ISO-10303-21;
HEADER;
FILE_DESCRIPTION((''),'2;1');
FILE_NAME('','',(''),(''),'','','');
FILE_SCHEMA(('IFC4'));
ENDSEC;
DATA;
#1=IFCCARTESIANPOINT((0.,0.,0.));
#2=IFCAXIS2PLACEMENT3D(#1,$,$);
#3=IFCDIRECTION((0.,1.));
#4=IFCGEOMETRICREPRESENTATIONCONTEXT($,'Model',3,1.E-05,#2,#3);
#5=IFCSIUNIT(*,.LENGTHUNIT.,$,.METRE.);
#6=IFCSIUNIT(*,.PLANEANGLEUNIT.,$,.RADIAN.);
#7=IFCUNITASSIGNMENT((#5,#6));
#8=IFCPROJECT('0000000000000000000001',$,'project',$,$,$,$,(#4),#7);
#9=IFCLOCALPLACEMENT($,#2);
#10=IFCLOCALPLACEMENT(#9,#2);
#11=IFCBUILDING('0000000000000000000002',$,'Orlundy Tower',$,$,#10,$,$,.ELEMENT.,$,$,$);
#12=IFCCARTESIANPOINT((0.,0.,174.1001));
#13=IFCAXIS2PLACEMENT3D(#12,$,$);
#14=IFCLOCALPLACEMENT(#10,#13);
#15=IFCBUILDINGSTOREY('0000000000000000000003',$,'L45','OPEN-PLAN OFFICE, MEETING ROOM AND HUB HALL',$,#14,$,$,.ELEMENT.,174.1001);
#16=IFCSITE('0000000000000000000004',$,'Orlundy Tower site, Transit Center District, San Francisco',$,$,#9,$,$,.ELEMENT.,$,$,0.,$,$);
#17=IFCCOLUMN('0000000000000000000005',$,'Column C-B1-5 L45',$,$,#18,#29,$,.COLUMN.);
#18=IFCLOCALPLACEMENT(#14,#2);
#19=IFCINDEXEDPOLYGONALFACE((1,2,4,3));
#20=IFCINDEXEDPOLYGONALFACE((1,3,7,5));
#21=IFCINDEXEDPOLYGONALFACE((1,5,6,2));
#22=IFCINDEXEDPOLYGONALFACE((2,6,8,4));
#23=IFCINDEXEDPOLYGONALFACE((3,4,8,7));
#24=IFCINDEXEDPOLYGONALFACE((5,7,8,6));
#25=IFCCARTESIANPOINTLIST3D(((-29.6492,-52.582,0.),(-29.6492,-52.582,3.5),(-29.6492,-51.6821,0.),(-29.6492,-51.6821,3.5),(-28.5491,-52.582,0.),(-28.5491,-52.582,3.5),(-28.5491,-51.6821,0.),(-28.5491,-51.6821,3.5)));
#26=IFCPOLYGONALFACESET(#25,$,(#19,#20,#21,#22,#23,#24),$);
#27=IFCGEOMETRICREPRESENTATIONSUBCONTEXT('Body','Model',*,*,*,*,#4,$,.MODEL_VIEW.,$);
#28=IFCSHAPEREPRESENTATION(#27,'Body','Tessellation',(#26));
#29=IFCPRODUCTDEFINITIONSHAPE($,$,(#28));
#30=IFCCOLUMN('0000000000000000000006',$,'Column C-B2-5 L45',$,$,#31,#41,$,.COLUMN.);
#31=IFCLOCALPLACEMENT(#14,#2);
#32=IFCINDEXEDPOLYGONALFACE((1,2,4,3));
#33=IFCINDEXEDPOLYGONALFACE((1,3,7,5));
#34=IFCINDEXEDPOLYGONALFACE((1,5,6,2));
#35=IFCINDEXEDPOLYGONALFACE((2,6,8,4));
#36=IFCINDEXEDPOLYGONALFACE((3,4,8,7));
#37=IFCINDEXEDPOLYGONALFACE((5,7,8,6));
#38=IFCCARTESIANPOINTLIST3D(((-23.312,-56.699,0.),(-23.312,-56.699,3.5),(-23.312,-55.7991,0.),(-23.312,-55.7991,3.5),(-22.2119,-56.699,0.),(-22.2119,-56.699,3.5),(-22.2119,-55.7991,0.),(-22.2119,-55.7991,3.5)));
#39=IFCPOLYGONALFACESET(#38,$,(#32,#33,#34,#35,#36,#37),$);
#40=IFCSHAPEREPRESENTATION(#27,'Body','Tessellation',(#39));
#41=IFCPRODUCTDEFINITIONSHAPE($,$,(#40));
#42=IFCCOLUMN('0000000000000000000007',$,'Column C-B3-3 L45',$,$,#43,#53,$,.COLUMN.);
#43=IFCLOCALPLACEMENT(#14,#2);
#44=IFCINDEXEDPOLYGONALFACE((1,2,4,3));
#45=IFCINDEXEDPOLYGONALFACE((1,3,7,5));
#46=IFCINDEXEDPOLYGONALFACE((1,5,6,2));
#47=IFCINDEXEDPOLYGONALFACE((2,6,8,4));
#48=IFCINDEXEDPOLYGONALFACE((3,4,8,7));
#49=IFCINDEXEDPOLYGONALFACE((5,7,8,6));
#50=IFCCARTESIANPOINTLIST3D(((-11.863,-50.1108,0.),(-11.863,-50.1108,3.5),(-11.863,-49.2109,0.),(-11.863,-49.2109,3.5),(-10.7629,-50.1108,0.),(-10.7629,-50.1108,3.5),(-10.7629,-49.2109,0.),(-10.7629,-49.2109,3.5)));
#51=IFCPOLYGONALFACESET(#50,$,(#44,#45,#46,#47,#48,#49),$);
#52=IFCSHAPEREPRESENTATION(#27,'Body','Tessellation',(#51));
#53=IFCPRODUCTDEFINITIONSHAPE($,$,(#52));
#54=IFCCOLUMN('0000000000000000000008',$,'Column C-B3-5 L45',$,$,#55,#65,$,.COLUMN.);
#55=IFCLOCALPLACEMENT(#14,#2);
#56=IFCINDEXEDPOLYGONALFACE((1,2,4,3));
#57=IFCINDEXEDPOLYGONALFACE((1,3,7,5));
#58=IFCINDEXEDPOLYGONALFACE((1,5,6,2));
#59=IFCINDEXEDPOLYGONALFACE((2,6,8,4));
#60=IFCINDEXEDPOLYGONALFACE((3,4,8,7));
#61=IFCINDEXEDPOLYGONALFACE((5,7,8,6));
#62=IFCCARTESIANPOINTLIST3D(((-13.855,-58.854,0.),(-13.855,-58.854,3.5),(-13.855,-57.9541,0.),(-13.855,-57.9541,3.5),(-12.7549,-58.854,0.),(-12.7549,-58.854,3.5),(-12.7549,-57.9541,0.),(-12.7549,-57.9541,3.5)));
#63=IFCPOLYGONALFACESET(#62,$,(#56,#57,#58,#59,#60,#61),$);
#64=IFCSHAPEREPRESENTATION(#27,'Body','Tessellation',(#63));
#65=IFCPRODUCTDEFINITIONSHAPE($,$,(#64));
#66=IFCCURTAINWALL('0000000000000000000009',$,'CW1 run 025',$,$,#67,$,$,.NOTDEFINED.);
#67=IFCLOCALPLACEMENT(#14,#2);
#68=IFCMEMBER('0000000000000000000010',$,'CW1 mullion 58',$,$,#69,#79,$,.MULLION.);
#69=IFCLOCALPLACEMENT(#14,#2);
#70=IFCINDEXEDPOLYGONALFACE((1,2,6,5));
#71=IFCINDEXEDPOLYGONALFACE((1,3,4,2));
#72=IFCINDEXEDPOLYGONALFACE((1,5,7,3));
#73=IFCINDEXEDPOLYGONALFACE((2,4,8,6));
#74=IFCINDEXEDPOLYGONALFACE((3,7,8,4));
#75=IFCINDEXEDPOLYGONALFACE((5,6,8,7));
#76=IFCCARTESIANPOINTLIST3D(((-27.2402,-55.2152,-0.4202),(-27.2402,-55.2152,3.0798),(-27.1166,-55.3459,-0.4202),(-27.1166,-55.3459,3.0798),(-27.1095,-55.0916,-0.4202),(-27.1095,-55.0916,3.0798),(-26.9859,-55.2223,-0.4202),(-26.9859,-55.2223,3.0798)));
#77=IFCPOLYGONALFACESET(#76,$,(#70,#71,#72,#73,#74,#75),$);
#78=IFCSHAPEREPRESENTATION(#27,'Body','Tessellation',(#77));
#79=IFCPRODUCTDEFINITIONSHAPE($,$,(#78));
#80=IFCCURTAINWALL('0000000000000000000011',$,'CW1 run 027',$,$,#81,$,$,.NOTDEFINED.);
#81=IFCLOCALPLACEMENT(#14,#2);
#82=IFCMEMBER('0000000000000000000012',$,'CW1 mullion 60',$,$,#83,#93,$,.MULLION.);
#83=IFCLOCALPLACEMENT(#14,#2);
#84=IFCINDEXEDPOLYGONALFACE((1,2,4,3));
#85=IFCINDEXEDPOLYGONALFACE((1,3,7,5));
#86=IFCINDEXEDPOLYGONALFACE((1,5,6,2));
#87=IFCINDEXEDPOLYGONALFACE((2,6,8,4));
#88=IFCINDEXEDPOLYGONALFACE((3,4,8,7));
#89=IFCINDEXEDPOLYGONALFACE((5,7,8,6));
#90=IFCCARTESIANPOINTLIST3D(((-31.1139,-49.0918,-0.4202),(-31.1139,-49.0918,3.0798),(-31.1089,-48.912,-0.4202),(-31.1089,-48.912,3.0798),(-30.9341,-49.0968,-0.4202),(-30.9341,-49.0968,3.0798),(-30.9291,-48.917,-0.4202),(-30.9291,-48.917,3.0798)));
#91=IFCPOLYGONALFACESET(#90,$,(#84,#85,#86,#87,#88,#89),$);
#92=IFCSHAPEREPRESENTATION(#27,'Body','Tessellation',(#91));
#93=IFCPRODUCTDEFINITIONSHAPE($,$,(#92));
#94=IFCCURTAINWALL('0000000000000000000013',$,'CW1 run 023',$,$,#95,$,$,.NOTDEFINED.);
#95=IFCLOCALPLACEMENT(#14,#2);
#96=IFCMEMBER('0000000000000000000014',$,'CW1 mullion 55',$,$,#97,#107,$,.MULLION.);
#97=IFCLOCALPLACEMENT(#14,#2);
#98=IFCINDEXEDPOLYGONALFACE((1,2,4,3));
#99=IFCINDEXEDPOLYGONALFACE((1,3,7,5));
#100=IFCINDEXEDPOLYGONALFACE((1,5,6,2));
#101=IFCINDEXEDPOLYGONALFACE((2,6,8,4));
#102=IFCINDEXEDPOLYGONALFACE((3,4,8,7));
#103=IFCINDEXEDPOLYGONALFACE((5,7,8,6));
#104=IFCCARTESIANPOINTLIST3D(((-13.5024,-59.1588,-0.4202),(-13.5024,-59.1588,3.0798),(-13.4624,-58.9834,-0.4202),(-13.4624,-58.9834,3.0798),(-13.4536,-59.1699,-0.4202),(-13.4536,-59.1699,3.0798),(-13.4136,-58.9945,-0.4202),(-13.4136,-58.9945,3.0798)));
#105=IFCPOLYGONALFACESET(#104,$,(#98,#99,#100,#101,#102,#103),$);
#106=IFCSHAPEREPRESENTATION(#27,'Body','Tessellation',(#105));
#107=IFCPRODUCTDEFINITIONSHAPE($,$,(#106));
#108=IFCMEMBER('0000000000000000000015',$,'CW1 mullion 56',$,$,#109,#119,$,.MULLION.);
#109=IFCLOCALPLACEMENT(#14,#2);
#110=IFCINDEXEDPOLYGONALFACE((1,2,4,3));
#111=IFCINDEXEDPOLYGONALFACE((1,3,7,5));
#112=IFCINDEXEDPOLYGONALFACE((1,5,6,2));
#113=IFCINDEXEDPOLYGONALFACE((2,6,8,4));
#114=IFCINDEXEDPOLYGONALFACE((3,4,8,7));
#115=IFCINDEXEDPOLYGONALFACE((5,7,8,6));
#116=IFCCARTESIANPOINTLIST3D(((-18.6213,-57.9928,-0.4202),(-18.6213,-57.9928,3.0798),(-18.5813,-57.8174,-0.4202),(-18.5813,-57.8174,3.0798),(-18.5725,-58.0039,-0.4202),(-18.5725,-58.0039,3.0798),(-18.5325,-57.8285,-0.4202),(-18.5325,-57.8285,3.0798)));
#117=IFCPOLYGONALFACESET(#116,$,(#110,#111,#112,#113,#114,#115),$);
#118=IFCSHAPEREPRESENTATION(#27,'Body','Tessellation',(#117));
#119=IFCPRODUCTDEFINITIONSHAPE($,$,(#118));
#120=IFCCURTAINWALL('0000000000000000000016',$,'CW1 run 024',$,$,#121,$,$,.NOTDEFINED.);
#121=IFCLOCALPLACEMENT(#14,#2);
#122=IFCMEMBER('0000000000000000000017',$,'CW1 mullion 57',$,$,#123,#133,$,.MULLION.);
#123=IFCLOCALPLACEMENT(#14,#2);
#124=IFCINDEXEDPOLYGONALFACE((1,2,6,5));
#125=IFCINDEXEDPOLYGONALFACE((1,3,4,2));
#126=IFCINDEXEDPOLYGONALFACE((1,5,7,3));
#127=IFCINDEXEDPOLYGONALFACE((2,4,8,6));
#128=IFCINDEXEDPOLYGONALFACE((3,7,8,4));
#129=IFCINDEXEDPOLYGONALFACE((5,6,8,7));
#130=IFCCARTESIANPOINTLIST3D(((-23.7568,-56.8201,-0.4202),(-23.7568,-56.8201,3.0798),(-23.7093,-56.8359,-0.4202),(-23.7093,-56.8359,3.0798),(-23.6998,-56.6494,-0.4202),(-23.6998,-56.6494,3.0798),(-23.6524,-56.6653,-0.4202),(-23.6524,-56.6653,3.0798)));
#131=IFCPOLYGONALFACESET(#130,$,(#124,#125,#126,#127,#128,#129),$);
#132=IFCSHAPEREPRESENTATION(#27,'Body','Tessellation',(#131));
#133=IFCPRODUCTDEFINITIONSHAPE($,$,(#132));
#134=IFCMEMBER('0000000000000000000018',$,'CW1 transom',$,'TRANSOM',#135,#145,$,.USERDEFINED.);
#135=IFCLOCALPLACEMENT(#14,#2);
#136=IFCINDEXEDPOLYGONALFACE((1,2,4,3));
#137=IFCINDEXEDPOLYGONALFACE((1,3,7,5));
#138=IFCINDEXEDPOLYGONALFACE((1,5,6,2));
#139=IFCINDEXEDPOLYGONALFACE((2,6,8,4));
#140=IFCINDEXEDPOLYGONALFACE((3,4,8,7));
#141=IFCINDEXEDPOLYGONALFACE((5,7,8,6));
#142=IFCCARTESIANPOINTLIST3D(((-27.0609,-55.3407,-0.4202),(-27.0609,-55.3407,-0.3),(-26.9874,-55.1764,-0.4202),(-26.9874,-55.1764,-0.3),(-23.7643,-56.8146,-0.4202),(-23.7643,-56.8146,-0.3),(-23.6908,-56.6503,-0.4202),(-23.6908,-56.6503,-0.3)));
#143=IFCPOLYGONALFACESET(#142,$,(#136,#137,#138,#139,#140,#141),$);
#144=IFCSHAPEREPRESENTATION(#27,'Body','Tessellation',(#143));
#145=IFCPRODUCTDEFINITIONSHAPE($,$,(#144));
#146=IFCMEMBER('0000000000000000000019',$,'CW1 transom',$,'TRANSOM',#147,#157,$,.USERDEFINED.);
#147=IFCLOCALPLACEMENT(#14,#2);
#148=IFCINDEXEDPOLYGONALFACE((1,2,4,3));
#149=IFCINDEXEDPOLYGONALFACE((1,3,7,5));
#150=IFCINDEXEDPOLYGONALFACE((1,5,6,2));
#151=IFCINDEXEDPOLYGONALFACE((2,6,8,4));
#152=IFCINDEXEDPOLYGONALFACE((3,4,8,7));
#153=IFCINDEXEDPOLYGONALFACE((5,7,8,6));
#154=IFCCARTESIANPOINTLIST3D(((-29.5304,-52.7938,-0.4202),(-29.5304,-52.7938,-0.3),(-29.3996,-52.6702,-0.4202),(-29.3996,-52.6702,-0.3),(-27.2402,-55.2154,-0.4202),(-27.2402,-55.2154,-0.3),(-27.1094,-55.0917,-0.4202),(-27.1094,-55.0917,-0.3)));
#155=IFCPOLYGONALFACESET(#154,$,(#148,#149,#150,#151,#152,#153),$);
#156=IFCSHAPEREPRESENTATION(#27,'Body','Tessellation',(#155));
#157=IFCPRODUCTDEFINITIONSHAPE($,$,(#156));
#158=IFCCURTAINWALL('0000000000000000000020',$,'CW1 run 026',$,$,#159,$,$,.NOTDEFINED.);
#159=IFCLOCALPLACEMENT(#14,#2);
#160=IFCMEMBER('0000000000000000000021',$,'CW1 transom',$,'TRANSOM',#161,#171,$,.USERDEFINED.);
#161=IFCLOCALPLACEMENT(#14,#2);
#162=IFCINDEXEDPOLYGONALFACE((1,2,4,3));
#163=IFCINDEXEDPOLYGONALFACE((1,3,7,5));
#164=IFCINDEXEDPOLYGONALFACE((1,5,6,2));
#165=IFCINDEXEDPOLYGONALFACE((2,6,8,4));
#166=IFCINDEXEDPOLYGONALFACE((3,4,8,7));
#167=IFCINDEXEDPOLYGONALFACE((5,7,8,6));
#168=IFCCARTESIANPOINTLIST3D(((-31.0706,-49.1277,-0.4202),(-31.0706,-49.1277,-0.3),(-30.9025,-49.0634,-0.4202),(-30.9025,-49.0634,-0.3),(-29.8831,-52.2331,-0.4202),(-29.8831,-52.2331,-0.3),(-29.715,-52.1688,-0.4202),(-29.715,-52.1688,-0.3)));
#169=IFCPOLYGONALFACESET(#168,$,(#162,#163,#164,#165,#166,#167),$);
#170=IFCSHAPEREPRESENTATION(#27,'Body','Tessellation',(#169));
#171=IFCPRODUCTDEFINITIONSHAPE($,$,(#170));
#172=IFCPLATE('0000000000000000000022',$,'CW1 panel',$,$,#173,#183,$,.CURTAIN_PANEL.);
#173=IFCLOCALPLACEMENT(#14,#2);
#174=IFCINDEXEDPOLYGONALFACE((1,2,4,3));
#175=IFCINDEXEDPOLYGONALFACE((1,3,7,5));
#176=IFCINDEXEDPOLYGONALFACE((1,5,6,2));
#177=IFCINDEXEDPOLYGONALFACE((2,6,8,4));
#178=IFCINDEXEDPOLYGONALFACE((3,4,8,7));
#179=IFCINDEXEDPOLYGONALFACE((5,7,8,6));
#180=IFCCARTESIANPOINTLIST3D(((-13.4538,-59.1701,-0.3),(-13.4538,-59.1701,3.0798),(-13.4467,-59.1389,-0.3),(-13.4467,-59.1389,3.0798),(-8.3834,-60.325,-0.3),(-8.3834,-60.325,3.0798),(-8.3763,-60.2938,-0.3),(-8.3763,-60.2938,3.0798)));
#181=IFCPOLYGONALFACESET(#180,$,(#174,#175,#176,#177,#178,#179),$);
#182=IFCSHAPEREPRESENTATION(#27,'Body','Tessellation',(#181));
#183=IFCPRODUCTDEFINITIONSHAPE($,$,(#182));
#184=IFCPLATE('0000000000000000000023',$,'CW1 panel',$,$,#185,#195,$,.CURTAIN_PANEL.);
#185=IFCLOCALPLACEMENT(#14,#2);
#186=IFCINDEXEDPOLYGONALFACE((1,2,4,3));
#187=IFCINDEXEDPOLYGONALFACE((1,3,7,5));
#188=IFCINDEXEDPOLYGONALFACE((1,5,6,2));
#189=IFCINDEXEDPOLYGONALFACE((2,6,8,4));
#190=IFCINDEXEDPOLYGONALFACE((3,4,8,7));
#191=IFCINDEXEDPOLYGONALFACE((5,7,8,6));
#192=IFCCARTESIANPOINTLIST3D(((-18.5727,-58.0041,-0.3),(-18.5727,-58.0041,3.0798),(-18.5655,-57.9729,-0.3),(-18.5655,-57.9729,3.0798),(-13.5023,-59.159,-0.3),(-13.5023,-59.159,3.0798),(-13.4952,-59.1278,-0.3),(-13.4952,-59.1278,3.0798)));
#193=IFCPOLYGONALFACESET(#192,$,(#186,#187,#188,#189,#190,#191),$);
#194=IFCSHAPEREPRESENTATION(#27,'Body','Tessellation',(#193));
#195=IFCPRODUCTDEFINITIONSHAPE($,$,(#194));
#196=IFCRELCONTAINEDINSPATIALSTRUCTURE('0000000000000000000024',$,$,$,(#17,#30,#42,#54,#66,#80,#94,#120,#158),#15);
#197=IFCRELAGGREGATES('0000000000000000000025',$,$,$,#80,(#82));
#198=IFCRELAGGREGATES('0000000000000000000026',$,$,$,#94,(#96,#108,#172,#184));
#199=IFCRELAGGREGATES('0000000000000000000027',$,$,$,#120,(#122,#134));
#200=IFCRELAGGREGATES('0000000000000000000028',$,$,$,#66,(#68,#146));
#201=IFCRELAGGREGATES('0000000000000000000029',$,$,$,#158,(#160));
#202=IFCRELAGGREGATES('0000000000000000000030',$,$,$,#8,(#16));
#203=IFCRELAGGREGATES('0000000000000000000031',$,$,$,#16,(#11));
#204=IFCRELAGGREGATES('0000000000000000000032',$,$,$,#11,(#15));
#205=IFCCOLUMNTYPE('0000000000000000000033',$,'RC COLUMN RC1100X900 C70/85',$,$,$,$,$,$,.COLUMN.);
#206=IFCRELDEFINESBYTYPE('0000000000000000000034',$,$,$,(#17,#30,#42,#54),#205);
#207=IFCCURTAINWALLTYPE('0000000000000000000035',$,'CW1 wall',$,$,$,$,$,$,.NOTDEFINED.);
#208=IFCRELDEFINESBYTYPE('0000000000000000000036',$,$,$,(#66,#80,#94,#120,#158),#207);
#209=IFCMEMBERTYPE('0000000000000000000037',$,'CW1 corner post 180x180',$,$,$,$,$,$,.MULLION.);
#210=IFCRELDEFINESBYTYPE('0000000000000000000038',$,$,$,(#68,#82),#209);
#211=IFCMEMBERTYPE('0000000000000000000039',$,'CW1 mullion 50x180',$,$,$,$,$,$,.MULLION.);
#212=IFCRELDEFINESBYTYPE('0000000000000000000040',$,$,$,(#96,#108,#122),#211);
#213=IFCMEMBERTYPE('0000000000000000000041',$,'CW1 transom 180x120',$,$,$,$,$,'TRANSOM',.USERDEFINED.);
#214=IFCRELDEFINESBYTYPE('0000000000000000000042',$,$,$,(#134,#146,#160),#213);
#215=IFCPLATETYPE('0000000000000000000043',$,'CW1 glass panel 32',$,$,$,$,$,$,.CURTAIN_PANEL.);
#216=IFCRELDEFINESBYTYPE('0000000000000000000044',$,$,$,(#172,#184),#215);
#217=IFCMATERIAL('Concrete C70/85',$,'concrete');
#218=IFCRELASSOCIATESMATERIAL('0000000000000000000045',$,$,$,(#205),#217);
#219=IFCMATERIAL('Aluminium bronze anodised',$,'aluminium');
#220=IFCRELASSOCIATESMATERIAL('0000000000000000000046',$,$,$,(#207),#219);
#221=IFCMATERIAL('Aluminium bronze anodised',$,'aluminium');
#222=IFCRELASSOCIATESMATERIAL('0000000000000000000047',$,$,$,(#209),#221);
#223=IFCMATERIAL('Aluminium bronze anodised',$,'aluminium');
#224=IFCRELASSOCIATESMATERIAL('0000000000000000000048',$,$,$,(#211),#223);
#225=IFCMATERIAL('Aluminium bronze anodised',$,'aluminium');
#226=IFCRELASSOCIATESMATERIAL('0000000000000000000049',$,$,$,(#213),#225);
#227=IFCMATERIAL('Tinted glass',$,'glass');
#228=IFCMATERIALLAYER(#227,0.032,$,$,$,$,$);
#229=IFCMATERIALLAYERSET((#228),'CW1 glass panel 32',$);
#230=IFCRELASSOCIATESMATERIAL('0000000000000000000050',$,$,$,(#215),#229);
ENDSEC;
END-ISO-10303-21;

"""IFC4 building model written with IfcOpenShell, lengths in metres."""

from ifc_helpers import new_model, si_unit, direction, frame, origin, origin_2d, place, context, subcontext, project, spatial, rectangle, extrude, material, layer, layer_set, material_profile, profile_set, type_object, element, aggregate, save


model = new_model("IFC4")

# Units and contexts
model_context = context("Model", 3, precision=1e-05, world=origin(), true_north=direction((0.0, 1.0)))
body_context = subcontext(model_context, "Body", "Model", "MODEL_VIEW")
ifc_project = project(units=[si_unit("LENGTHUNIT", "METRE"), si_unit("PLANEANGLEUNIT", "RADIAN")], contexts=[model_context])

# Site, building, storey
site_placement = place(None, origin())
site = spatial("IfcSite", under=ifc_project, at=site_placement, Name="Orlundy Tower site, Transit Center District, San Francisco", CompositionType="ELEMENT", RefElevation=0.0)
building_placement = place(site_placement, origin())
building = spatial("IfcBuilding", under=site, at=building_placement, Name="Orlundy Tower", CompositionType="ELEMENT")
storey_placement = place(building_placement, frame((0.0, 0.0, 174.1001)))
storey = spatial("IfcBuildingStorey", under=building, at=storey_placement, Name="L45", Description="OPEN-PLAN OFFICE, MEETING ROOM AND HUB HALL", CompositionType="ELEMENT", Elevation=174.1001)

# Columns
ifc_material_1 = material(Name="Concrete C70/85", Category="concrete")
ifc_material_profile_1 = material_profile(ifc_material_1, rectangle(XDim=1.1001, YDim=0.8999, at=origin_2d()), Name="RC1100X900")
ifc_profile_set_1 = profile_set([ifc_material_profile_1], Name="Concrete C70/85")
column_type = type_object("IfcColumnType", Name="RC COLUMN RC1100X900 C70/85", PredefinedType="COLUMN", material=ifc_profile_set_1)
for number, where, z_axis, x_axis, name in (
    (1, (-29.0991, -52.1321, 0.0), (0.0, 0.0, 1.0), (1.0, 0.0, 0.0), "Column C-B1-5 L45"),
    (2, (-22.762, -56.249, 0.0), (0.0, 0.0, 1.0), (1.0, 0.0, 0.0), "Column C-B2-5 L45"),
    (3, (-11.313, -49.6609, 0.0), (0.0, 0.0, 1.0), (1.0, 0.0, 0.0), "Column C-B3-3 L45"),
    (4, (-13.3049, -58.4041, 0.0), (0.0, 0.0, 1.0), (1.0, 0.0, 0.0), "Column C-B3-5 L45"),
):
    element("IfcColumn", number, at=place(storey_placement, frame(where, z_axis=z_axis, x_axis=x_axis)), inside=storey, type_object=column_type, Name=name, PredefinedType="COLUMN", context=body_context, shape_type="SweptSolid", body=[
        extrude(rectangle(XDim=1.1001, YDim=0.8999, at=origin_2d()), origin(), (0.0, 0.0, 1.0), 3.5),
    ])

# Curtain walls, members
ifc_material_2 = material(Name="Aluminium bronze anodised", Category="aluminium")
curtain_wall_type = type_object("IfcCurtainWallType", Name="CW1 wall", PredefinedType="NOTDEFINED", material=ifc_material_2)
curtain_wall_1_placement = place(storey_placement, origin())
curtain_wall_1 = element("IfcCurtainWall", 5, at=curtain_wall_1_placement, inside=storey, type_object=curtain_wall_type, Name="CW1 run 025", PredefinedType="NOTDEFINED")
ifc_material_3 = material(Name="Aluminium bronze anodised", Category="aluminium")
ifc_material_profile_2 = material_profile(ifc_material_3, rectangle(XDim=0.1799, YDim=0.1799, at=origin_2d()), Name="CW1 corner post 180x180")
ifc_profile_set_2 = profile_set([ifc_material_profile_2], Name="Aluminium bronze anodised")
member_type_1 = type_object("IfcMemberType", Name="CW1 corner post 180x180", PredefinedType="MULLION", material=ifc_profile_set_2)
member_1_placement = place(storey_placement, frame((-27.113, -55.2188, -0.4202), z_axis=(0.0, 0.0, 1.0), x_axis=(-0.726527, -0.687138, 0.0)))
member_1 = element("IfcMember", 6, at=member_1_placement, type_object=member_type_1, Name="CW1 mullion 58", PredefinedType="MULLION", context=body_context, shape_type="SweptSolid", body=[
    extrude(rectangle(XDim=0.1799, YDim=0.1799, at=origin_2d()), origin(), (0.0, 0.0, 1.0), 3.5),
])
curtain_wall_2_placement = place(storey_placement, origin())
curtain_wall_2 = element("IfcCurtainWall", 7, at=curtain_wall_2_placement, inside=storey, type_object=curtain_wall_type, Name="CW1 run 027", PredefinedType="NOTDEFINED")
member_2_placement = place(storey_placement, frame((-31.0215, -49.0044, -0.4202), z_axis=(0.0, 0.0, 1.0), x_axis=(-0.999614, 0.02779, 0.0)))
member_2 = element("IfcMember", 8, at=member_2_placement, type_object=member_type_1, Name="CW1 mullion 60", PredefinedType="MULLION", context=body_context, shape_type="SweptSolid", body=[
    extrude(rectangle(XDim=0.1799, YDim=0.1799, at=origin_2d()), origin(), (0.0, 0.0, 1.0), 3.5),
])
aggregate(curtain_wall_2, [member_2])

# Curtain walls, members
curtain_wall_3_placement = place(storey_placement, origin())
curtain_wall_3 = element("IfcCurtainWall", 9, at=curtain_wall_3_placement, inside=storey, type_object=curtain_wall_type, Name="CW1 run 023", PredefinedType="NOTDEFINED")
ifc_material_4 = material(Name="Aluminium bronze anodised", Category="aluminium")
ifc_material_profile_3 = material_profile(ifc_material_4, rectangle(XDim=0.1799, YDim=0.05, at=origin_2d()), Name="CW1 mullion 50x180")
ifc_profile_set_3 = profile_set([ifc_material_profile_3], Name="Aluminium bronze anodised")
member_type_2 = type_object("IfcMemberType", Name="CW1 mullion 50x180", PredefinedType="MULLION", material=ifc_profile_set_3)
member_3_placement = place(storey_placement, frame((-13.458, -59.0767, -0.4202), z_axis=(0.0, 0.0, 1.0), x_axis=(-0.22209, -0.975026, 0.0)))
member_3 = element("IfcMember", 10, at=member_3_placement, type_object=member_type_2, Name="CW1 mullion 55", PredefinedType="MULLION", context=body_context, shape_type="SweptSolid", body=[
    extrude(rectangle(XDim=0.1799, YDim=0.05, at=origin_2d()), origin(), (0.0, 0.0, 1.0), 3.5),
])
member_4_placement = place(storey_placement, frame((-18.5769, -57.9106, -0.4202), z_axis=(0.0, 0.0, 1.0), x_axis=(-0.22209, -0.975026, 0.0)))
member_4 = element("IfcMember", 11, at=member_4_placement, type_object=member_type_2, Name="CW1 mullion 56", PredefinedType="MULLION", context=body_context, shape_type="SweptSolid", body=[
    extrude(rectangle(XDim=0.1799, YDim=0.05, at=origin_2d()), origin(), (0.0, 0.0, 1.0), 3.5),
])
curtain_wall_4_placement = place(storey_placement, origin())
curtain_wall_4 = element("IfcCurtainWall", 12, at=curtain_wall_4_placement, inside=storey, type_object=curtain_wall_type, Name="CW1 run 024", PredefinedType="NOTDEFINED")
member_5_placement = place(storey_placement, frame((-23.7046, -56.7427, -0.4202), z_axis=(0.0, 0.0, 1.0), x_axis=(-0.316655, -0.948541, 0.0)))
member_5 = element("IfcMember", 13, at=member_5_placement, type_object=member_type_2, Name="CW1 mullion 57", PredefinedType="MULLION", context=body_context, shape_type="SweptSolid", body=[
    extrude(rectangle(XDim=0.1799, YDim=0.05, at=origin_2d()), origin(), (0.0, 0.0, 1.0), 3.5),
])
ifc_material_5 = material(Name="Aluminium bronze anodised", Category="aluminium")
ifc_material_profile_4 = material_profile(ifc_material_5, rectangle(XDim=0.1799, YDim=0.1201, at=origin_2d()), Name="CW1 transom 180x120")
ifc_profile_set_4 = profile_set([ifc_material_profile_4], Name="Aluminium bronze anodised")
member_type_3 = type_object("IfcMemberType", Name="CW1 transom 180x120", ElementType="TRANSOM", PredefinedType="USERDEFINED", material=ifc_profile_set_4)
member_6_placement = place(storey_placement, frame((-23.7275, -56.7324, -0.3601), z_axis=(-0.912914, 0.408151, 0.0), x_axis=(-0.408151, -0.912914, 0.0)))
member_6 = element("IfcMember", 14, at=member_6_placement, type_object=member_type_3, Name="CW1 transom", ObjectType="TRANSOM", PredefinedType="USERDEFINED", context=body_context, shape_type="SweptSolid", body=[
    extrude(rectangle(XDim=0.1799, YDim=0.1201, at=origin_2d()), origin(), (0.0, 0.0, 1.0), 3.6111),
])

# Member
member_7_placement = place(storey_placement, frame((-27.1748, -55.1536, -0.3601), z_axis=(-0.687129, 0.726536, 0.0), x_axis=(-0.726536, -0.687129, 0.0)))
member_7 = element("IfcMember", 15, at=member_7_placement, type_object=member_type_3, Name="CW1 transom", ObjectType="TRANSOM", PredefinedType="USERDEFINED", context=body_context, shape_type="SweptSolid", body=[
    extrude(rectangle(XDim=0.1799, YDim=0.1201, at=origin_2d()), origin(), (0.0, 0.0, 1.0), 3.333),
])

# Curtain wall, member
curtain_wall_5_placement = place(storey_placement, origin())
curtain_wall_5 = element("IfcCurtainWall", 16, at=curtain_wall_5_placement, inside=storey, type_object=curtain_wall_type, Name="CW1 run 026", PredefinedType="NOTDEFINED")
member_8_placement = place(storey_placement, frame((-29.7991, -52.2009, -0.3601), z_axis=(-0.357168, 0.93404, 0.0), x_axis=(-0.93404, -0.357168, 0.0)))
member_8 = element("IfcMember", 17, at=member_8_placement, type_object=member_type_3, Name="CW1 transom", ObjectType="TRANSOM", PredefinedType="USERDEFINED", context=body_context, shape_type="SweptSolid", body=[
    extrude(rectangle(XDim=0.1799, YDim=0.1201, at=origin_2d()), origin(), (0.0, 0.0, 1.0), 3.3247),
])

# Plates
ifc_material_6 = material(Name="Tinted glass", Category="glass")
ifc_layer_1 = layer(ifc_material_6, 0.032)
ifc_layer_set_1 = layer_set([ifc_layer_1], Name="CW1 glass panel 32")
plate_type = type_object("IfcPlateType", Name="CW1 glass panel 32", PredefinedType="CURTAIN_PANEL", material=ifc_layer_set_1)
plate_1_placement = place(storey_placement, frame((-10.915, -59.7319, -0.3), z_axis=(0.0, 0.0, 1.0), x_axis=(-0.975026, 0.22209, 0.0)))
plate_1 = element("IfcPlate", 18, at=plate_1_placement, type_object=plate_type, Name="CW1 panel", PredefinedType="CURTAIN_PANEL", context=body_context, shape_type="SweptSolid", body=[
    extrude(rectangle(XDim=5.2002, YDim=0.032, at=origin_2d()), origin(), (0.0, 0.0, 1.0), 3.3799),
])
plate_2_placement = place(storey_placement, frame((-16.0339, -58.5659, -0.3), z_axis=(0.0, 0.0, 1.0), x_axis=(-0.975026, 0.22209, 0.0)))
plate_2 = element("IfcPlate", 19, at=plate_2_placement, type_object=plate_type, Name="CW1 panel", PredefinedType="CURTAIN_PANEL", context=body_context, shape_type="SweptSolid", body=[
    extrude(rectangle(XDim=5.2002, YDim=0.032, at=origin_2d()), origin(), (0.0, 0.0, 1.0), 3.3799),
])
aggregate(curtain_wall_3, [member_3, member_4, plate_1, plate_2])
aggregate(curtain_wall_4, [member_5, member_6])
aggregate(curtain_wall_1, [member_1, member_7])
aggregate(curtain_wall_5, [member_8])

save(model, "model.ifc")
